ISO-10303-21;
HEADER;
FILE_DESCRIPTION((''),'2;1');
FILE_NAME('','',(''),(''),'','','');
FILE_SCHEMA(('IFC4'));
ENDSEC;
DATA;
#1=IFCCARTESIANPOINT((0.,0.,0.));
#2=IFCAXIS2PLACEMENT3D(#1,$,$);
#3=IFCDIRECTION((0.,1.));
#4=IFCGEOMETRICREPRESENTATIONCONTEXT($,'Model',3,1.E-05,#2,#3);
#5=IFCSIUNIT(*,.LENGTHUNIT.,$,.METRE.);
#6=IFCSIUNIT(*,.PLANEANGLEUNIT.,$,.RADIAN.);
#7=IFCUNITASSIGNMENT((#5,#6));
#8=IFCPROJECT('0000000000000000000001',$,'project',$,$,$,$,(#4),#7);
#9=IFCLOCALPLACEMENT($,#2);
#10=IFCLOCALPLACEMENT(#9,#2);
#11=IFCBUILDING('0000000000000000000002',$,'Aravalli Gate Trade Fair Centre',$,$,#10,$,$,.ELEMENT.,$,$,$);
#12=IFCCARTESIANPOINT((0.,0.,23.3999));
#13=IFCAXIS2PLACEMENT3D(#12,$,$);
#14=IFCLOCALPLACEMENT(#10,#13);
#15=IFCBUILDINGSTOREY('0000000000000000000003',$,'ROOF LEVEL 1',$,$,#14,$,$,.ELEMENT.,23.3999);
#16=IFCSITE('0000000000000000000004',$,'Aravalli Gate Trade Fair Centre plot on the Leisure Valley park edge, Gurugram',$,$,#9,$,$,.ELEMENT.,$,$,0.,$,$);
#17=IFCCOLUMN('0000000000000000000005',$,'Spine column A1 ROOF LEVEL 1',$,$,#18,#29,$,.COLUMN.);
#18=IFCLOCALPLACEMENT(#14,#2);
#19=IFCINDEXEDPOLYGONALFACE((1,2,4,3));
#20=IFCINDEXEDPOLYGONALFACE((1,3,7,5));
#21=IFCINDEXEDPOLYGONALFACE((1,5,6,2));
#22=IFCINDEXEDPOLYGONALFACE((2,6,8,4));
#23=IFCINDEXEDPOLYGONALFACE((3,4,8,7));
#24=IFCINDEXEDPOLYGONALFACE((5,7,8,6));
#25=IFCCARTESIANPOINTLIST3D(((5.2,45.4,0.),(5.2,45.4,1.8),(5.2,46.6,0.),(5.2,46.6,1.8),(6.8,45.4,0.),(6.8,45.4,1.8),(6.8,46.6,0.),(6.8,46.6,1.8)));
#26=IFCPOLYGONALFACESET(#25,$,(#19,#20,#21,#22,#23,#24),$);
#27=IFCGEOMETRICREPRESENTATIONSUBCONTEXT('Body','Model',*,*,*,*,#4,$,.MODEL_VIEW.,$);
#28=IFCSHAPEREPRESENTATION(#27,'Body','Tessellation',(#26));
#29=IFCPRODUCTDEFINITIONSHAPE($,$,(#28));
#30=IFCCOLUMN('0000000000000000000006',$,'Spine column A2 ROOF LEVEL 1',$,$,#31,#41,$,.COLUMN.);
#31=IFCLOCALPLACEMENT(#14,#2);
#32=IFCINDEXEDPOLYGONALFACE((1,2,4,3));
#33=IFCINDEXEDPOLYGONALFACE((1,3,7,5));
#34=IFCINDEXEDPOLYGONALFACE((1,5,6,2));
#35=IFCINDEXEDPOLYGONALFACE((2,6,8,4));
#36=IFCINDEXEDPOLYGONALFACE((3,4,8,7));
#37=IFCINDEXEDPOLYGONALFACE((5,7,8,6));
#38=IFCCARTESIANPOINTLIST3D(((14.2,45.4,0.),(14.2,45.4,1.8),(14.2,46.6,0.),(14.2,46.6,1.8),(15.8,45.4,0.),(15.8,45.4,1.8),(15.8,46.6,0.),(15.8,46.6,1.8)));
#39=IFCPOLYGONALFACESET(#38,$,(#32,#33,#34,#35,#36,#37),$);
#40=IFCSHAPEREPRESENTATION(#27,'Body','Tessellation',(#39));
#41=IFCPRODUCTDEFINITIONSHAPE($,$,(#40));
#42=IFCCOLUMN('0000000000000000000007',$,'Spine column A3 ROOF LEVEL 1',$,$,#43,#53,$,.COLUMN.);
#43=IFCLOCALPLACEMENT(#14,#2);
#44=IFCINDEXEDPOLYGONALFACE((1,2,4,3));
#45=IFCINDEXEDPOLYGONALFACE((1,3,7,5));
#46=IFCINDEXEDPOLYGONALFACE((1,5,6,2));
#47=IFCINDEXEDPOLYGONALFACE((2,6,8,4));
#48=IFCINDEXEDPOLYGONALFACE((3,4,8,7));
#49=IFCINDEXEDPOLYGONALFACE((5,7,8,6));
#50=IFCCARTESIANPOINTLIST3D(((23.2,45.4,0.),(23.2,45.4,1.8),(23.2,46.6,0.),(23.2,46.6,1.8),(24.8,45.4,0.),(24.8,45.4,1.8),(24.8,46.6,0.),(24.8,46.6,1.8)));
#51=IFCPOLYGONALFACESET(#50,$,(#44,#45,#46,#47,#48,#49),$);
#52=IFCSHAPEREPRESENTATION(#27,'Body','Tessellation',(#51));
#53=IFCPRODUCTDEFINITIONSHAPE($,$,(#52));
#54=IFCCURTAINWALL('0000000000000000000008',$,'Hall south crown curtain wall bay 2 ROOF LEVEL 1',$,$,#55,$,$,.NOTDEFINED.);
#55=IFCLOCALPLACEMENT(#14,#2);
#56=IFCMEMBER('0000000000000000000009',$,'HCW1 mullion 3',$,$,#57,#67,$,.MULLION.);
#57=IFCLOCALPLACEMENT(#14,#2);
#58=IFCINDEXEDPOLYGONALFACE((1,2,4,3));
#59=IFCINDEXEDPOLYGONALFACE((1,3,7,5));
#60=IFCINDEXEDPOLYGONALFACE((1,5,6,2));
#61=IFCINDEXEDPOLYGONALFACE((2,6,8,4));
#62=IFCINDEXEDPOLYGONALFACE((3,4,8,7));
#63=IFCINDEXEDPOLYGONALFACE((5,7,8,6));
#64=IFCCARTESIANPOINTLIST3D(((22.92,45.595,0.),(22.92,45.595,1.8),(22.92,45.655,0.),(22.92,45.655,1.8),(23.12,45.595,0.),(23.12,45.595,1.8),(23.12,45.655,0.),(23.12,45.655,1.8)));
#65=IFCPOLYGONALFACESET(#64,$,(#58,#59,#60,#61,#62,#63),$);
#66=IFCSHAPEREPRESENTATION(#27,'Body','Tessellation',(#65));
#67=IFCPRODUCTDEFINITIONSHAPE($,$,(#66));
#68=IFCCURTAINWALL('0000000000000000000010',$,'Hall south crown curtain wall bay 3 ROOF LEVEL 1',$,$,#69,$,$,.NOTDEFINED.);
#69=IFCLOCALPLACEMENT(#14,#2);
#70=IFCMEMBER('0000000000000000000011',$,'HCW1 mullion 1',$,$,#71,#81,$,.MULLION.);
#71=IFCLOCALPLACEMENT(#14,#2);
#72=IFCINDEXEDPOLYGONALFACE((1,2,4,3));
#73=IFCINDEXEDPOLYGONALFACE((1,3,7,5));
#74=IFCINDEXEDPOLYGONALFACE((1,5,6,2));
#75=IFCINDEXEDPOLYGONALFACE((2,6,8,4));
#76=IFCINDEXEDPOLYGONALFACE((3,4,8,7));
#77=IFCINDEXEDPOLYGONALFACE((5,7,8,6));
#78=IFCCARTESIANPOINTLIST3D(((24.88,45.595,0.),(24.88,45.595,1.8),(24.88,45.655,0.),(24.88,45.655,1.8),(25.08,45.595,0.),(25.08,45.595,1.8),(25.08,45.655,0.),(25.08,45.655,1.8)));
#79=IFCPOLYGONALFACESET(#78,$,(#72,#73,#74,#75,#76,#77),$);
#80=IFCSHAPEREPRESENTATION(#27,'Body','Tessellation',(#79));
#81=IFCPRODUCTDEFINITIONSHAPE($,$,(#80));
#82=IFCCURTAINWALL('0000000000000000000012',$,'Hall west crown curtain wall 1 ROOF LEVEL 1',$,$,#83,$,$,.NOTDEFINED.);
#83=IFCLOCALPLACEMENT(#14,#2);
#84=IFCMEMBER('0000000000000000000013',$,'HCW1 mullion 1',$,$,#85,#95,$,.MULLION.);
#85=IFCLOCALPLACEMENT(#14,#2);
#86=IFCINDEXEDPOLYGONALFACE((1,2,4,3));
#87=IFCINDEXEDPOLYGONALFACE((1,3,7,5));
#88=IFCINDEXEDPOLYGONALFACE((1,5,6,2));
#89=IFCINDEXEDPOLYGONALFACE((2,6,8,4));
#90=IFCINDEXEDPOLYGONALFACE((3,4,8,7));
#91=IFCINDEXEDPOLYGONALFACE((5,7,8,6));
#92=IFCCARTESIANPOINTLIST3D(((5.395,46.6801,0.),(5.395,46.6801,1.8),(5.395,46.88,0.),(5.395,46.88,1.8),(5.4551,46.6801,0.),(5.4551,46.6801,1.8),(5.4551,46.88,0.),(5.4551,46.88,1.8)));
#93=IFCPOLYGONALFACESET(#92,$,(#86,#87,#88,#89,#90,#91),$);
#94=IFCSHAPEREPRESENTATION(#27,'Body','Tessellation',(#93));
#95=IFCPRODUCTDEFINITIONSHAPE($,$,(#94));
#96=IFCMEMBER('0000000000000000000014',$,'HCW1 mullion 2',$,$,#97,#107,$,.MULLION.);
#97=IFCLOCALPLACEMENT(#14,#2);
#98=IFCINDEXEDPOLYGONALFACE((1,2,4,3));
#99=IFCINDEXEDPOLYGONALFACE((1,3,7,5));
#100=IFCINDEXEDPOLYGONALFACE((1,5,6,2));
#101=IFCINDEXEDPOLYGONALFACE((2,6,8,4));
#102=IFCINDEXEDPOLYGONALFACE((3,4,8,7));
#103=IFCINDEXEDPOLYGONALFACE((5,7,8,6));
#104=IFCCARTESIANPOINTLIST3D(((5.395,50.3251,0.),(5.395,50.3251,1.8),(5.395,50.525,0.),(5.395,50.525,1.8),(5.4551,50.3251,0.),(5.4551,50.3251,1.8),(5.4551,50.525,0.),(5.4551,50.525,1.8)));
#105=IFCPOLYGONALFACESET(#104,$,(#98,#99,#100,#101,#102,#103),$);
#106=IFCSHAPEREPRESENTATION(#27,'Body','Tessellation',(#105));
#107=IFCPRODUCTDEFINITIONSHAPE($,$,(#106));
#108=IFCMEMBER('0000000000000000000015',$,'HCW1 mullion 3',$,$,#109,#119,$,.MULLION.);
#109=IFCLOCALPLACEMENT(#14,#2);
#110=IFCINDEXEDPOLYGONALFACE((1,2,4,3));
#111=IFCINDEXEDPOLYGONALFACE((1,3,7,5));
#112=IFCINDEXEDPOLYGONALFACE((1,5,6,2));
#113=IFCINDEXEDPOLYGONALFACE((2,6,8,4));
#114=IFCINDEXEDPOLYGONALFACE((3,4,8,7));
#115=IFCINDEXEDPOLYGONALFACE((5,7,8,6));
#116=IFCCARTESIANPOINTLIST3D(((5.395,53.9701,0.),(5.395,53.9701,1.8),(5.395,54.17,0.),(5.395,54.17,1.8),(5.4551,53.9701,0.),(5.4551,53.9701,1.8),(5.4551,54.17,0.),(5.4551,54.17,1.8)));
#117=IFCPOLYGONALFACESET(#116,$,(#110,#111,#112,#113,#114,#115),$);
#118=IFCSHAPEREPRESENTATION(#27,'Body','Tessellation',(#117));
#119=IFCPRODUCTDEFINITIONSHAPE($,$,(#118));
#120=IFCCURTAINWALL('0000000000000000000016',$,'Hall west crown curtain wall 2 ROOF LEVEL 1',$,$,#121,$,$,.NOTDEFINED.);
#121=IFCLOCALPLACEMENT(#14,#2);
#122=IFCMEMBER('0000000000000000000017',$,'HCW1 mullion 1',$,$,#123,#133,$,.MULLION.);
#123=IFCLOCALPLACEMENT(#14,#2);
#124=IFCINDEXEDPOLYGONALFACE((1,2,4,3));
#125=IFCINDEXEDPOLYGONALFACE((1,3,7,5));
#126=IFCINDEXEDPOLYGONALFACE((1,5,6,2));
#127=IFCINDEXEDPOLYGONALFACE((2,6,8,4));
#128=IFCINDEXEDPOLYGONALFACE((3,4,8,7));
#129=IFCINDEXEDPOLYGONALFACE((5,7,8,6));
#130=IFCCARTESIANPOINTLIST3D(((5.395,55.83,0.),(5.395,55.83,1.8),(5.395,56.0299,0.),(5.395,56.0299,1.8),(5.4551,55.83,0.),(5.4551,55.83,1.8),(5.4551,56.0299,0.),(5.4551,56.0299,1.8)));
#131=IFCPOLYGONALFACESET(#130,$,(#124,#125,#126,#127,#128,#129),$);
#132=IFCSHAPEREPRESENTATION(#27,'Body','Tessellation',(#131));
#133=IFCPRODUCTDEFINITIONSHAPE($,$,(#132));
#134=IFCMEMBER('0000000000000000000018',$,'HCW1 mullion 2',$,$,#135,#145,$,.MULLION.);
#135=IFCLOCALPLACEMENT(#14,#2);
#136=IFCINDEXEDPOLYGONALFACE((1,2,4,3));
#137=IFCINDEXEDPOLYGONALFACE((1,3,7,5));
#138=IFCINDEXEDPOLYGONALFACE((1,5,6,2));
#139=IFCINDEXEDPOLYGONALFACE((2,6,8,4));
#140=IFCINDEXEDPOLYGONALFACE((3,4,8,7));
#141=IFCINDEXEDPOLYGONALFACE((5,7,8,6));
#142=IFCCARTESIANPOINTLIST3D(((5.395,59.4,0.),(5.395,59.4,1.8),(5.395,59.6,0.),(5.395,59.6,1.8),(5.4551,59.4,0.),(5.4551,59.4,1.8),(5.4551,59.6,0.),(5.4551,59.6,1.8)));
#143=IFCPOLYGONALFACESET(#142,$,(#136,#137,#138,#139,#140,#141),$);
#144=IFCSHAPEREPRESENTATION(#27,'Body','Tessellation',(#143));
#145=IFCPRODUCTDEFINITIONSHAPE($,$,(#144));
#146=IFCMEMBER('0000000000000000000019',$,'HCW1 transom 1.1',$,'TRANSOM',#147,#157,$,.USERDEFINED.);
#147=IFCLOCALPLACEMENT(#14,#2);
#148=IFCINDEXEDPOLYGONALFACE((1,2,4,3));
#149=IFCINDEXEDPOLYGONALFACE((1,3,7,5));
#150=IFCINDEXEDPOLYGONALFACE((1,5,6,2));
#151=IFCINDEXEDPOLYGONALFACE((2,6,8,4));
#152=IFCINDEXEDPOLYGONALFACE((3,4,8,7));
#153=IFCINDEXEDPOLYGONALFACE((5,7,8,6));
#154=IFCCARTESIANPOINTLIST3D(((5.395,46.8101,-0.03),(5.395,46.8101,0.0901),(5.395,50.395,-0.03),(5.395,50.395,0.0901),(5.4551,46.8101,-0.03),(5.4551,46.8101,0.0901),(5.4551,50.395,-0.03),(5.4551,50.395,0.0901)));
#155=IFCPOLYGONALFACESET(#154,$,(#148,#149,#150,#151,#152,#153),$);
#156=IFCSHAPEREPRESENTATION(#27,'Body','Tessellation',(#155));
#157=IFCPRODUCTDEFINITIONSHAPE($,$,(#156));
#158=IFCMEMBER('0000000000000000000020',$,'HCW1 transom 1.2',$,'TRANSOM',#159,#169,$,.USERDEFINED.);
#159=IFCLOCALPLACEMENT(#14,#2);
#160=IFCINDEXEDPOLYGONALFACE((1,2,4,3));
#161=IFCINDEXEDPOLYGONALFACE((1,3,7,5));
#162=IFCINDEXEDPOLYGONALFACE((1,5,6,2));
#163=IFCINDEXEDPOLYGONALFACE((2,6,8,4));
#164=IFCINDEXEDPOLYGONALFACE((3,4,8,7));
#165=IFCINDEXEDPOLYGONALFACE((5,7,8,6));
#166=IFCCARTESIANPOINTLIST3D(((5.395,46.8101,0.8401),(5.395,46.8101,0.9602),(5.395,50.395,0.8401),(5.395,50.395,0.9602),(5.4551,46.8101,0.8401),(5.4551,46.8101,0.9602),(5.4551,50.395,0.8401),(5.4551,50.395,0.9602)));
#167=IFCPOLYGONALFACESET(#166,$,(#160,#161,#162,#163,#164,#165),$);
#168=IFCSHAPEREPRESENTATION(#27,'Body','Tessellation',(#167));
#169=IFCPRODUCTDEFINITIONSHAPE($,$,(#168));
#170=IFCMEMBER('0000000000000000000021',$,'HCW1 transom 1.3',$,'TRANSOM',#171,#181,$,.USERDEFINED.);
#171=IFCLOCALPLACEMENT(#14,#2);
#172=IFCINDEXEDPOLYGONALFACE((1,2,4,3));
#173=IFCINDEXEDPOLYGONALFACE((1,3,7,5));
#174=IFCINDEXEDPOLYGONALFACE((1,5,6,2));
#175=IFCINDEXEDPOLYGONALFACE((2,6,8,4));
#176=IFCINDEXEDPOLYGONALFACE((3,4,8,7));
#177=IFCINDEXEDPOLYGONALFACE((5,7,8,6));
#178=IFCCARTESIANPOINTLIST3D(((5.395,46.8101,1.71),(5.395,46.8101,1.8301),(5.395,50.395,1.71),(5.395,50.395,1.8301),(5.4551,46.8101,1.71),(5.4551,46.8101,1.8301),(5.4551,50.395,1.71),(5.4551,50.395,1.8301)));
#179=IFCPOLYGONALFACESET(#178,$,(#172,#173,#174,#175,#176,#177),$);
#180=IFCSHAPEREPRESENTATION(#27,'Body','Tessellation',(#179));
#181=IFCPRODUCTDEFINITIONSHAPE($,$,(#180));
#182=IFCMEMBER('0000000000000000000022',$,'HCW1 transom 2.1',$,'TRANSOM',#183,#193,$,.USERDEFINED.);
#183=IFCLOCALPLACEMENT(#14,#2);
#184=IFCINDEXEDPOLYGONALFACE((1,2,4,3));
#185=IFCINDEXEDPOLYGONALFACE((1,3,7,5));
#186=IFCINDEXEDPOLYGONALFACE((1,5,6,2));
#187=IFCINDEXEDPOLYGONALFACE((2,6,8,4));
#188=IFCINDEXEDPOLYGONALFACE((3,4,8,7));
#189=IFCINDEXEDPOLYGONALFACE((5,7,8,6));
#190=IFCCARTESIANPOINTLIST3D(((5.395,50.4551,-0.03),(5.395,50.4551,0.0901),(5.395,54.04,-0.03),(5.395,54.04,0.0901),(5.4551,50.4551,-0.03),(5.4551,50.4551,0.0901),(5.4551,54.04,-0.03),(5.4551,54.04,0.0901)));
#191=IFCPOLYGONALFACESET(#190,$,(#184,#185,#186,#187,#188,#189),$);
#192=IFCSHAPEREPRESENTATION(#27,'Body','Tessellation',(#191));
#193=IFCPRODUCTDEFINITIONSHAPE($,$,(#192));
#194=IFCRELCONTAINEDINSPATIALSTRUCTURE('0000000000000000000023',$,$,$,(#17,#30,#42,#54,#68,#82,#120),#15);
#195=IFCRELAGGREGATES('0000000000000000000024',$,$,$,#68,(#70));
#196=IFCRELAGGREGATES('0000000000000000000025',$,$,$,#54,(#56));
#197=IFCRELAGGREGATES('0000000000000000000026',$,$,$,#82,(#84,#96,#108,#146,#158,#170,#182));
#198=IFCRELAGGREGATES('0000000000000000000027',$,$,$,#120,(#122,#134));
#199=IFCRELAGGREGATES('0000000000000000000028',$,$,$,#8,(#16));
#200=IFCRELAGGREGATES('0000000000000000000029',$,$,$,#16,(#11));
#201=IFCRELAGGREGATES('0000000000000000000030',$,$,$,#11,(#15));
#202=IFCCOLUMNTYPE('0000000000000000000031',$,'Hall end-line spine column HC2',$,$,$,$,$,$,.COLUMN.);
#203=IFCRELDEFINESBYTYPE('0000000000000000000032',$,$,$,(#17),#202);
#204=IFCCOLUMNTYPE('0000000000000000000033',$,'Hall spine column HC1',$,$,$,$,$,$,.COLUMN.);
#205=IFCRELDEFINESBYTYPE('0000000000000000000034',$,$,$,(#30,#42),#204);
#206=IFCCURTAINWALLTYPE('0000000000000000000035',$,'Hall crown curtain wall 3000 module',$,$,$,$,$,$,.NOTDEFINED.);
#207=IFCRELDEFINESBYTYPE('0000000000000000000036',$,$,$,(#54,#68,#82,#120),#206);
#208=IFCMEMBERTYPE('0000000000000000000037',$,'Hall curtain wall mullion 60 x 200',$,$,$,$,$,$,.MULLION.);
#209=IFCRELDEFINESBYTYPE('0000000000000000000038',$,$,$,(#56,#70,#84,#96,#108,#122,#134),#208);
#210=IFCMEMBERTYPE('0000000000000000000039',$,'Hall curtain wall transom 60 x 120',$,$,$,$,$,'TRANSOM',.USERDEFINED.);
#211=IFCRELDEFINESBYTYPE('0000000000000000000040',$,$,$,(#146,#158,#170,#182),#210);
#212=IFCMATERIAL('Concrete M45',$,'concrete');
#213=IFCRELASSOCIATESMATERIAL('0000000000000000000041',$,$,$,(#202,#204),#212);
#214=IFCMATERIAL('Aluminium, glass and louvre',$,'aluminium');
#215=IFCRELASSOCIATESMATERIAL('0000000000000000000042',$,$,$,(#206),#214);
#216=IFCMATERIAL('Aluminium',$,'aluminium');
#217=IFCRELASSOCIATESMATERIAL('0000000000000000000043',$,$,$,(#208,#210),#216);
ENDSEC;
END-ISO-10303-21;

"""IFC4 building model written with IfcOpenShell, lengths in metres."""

from ifc_helpers import new_model, si_unit, direction, frame, origin, origin_2d, place, context, subcontext, project, spatial, rectangle, extrude, material, material_profile, profile_set, type_object, element, aggregate, save


model = new_model("IFC4")

# Units and contexts
model_context = context("Model", 3, precision=1e-05, world=origin(), true_north=direction((0.0, 1.0)))
body_context = subcontext(model_context, "Body", "Model", "MODEL_VIEW")
ifc_project = project(units=[si_unit("LENGTHUNIT", "METRE"), si_unit("PLANEANGLEUNIT", "RADIAN")], contexts=[model_context])

# Site, building, storey
site_placement = place(None, origin())
site = spatial("IfcSite", under=ifc_project, at=site_placement, Name="Aravalli Gate Trade Fair Centre plot on the Leisure Valley park edge, Gurugram", CompositionType="ELEMENT", RefElevation=0.0)
building_placement = place(site_placement, origin())
building = spatial("IfcBuilding", under=site, at=building_placement, Name="Aravalli Gate Trade Fair Centre", CompositionType="ELEMENT")
storey_placement = place(building_placement, frame((0.0, 0.0, 23.3999)))
storey = spatial("IfcBuildingStorey", under=building, at=storey_placement, Name="ROOF LEVEL 1", CompositionType="ELEMENT", Elevation=23.3999)

# Columns
ifc_material_1 = material(Name="Concrete M45", Category="concrete")
ifc_material_profile_1 = material_profile(ifc_material_1, rectangle(XDim=1.6001, YDim=1.2, at=origin_2d()), Name="RC 1600x1200")
ifc_profile_set_1 = profile_set([ifc_material_profile_1], Name="Concrete M45")
column_type_1 = type_object("IfcColumnType", Name="Hall end-line spine column HC2", PredefinedType="COLUMN", material=ifc_profile_set_1)
column_placement = place(storey_placement, frame((6.0, 46.0, 0.0), z_axis=(0.0, 0.0, 1.0), x_axis=(1.0, 0.0, 0.0)))
element("IfcColumn", 1, at=column_placement, inside=storey, type_object=column_type_1, Name="Spine column A1 ROOF LEVEL 1", PredefinedType="COLUMN", context=body_context, shape_type="SweptSolid", body=[
    extrude(rectangle(XDim=1.6001, YDim=1.2, at=origin_2d()), origin(), (0.0, 0.0, 1.0), 1.8),
])
ifc_material_profile_2 = material_profile(ifc_material_1, rectangle(XDim=1.6001, YDim=1.2, at=origin_2d()), Name="RC 1600x1200")
ifc_profile_set_2 = profile_set([ifc_material_profile_2], Name="Concrete M45")
column_type_2 = type_object("IfcColumnType", Name="Hall spine column HC1", PredefinedType="COLUMN", material=ifc_profile_set_2)
for number, where, z_axis, x_axis, name in (
    (2, (15.0, 46.0, 0.0), (0.0, 0.0, 1.0), (1.0, 0.0, 0.0), "Spine column A2 ROOF LEVEL 1"),
    (3, (24.0, 46.0, 0.0), (0.0, 0.0, 1.0), (1.0, 0.0, 0.0), "Spine column A3 ROOF LEVEL 1"),
):
    element("IfcColumn", number, at=place(storey_placement, frame(where, z_axis=z_axis, x_axis=x_axis)), inside=storey, type_object=column_type_2, Name=name, PredefinedType="COLUMN", context=body_context, shape_type="SweptSolid", body=[
        extrude(rectangle(XDim=1.6001, YDim=1.2, at=origin_2d()), origin(), (0.0, 0.0, 1.0), 1.8),
    ])

# Curtain walls, members
ifc_material_2 = material(Name="Aluminium, glass and louvre", Category="aluminium")
curtain_wall_type = type_object("IfcCurtainWallType", Name="Hall crown curtain wall 3000 module", PredefinedType="NOTDEFINED", material=ifc_material_2)
curtain_wall_1_placement = place(storey_placement, origin())
curtain_wall_1 = element("IfcCurtainWall", 4, at=curtain_wall_1_placement, inside=storey, type_object=curtain_wall_type, Name="Hall south crown curtain wall bay 2 ROOF LEVEL 1", PredefinedType="NOTDEFINED")
ifc_material_3 = material(Name="Aluminium", Category="aluminium")
ifc_material_profile_3 = material_profile(ifc_material_3, rectangle(XDim=0.0601, YDim=0.2, at=origin_2d()), Name="Hall curtain wall mullion 60 x 200")
ifc_profile_set_3 = profile_set([ifc_material_profile_3], Name="Aluminium")
member_type_1 = type_object("IfcMemberType", Name="Hall curtain wall mullion 60 x 200", PredefinedType="MULLION", material=ifc_profile_set_3)
member_1_placement = place(storey_placement, frame((23.02, 45.625, 0.0), z_axis=(0.0, 0.0, 1.0), x_axis=(0.0, 1.0, 0.0)))
member_1 = element("IfcMember", 5, at=member_1_placement, type_object=member_type_1, Name="HCW1 mullion 3", PredefinedType="MULLION", context=body_context, shape_type="SweptSolid", body=[
    extrude(rectangle(XDim=0.0601, YDim=0.2, at=origin_2d()), origin(), (0.0, 0.0, 1.0), 1.8),
])
curtain_wall_2_placement = place(storey_placement, origin())
curtain_wall_2 = element("IfcCurtainWall", 6, at=curtain_wall_2_placement, inside=storey, type_object=curtain_wall_type, Name="Hall south crown curtain wall bay 3 ROOF LEVEL 1", PredefinedType="NOTDEFINED")
member_2_placement = place(storey_placement, frame((24.98, 45.625, 0.0), z_axis=(0.0, 0.0, 1.0), x_axis=(0.0, 1.0, 0.0)))
member_2 = element("IfcMember", 7, at=member_2_placement, type_object=member_type_1, Name="HCW1 mullion 1", PredefinedType="MULLION", context=body_context, shape_type="SweptSolid", body=[
    extrude(rectangle(XDim=0.0601, YDim=0.2, at=origin_2d()), origin(), (0.0, 0.0, 1.0), 1.8),
])
aggregate(curtain_wall_2, [member_2])

# Curtain walls, members
curtain_wall_3_placement = place(storey_placement, origin())
curtain_wall_3 = element("IfcCurtainWall", 8, at=curtain_wall_3_placement, inside=storey, type_object=curtain_wall_type, Name="Hall west crown curtain wall 1 ROOF LEVEL 1", PredefinedType="NOTDEFINED")
member_3_placement = place(storey_placement, frame((5.425, 46.78, 0.0), z_axis=(0.0, 0.0, 1.0), x_axis=(-1.0, 0.0, 0.0)))
member_3 = element("IfcMember", 9, at=member_3_placement, type_object=member_type_1, Name="HCW1 mullion 1", PredefinedType="MULLION", context=body_context, shape_type="SweptSolid", body=[
    extrude(rectangle(XDim=0.0601, YDim=0.2, at=origin_2d()), origin(), (0.0, 0.0, 1.0), 1.8),
])
member_4_placement = place(storey_placement, frame((5.425, 50.425, 0.0), z_axis=(0.0, 0.0, 1.0), x_axis=(-1.0, 0.0, 0.0)))
member_4 = element("IfcMember", 10, at=member_4_placement, type_object=member_type_1, Name="HCW1 mullion 2", PredefinedType="MULLION", context=body_context, shape_type="SweptSolid", body=[
    extrude(rectangle(XDim=0.0601, YDim=0.2, at=origin_2d()), origin(), (0.0, 0.0, 1.0), 1.8),
])
member_5_placement = place(storey_placement, frame((5.425, 54.0701, 0.0), z_axis=(0.0, 0.0, 1.0), x_axis=(-1.0, 0.0, 0.0)))
member_5 = element("IfcMember", 11, at=member_5_placement, type_object=member_type_1, Name="HCW1 mullion 3", PredefinedType="MULLION", context=body_context, shape_type="SweptSolid", body=[
    extrude(rectangle(XDim=0.0601, YDim=0.2, at=origin_2d()), origin(), (0.0, 0.0, 1.0), 1.8),
])
curtain_wall_4_placement = place(storey_placement, origin())
curtain_wall_4 = element("IfcCurtainWall", 12, at=curtain_wall_4_placement, inside=storey, type_object=curtain_wall_type, Name="Hall west crown curtain wall 2 ROOF LEVEL 1", PredefinedType="NOTDEFINED")
member_6_placement = place(storey_placement, frame((5.425, 55.9299, 0.0), z_axis=(0.0, 0.0, 1.0), x_axis=(-1.0, 0.0, 0.0)))
member_6 = element("IfcMember", 13, at=member_6_placement, type_object=member_type_1, Name="HCW1 mullion 1", PredefinedType="MULLION", context=body_context, shape_type="SweptSolid", body=[
    extrude(rectangle(XDim=0.0601, YDim=0.2, at=origin_2d()), origin(), (0.0, 0.0, 1.0), 1.8),
])
member_7_placement = place(storey_placement, frame((5.425, 59.5, 0.0), z_axis=(0.0, 0.0, 1.0), x_axis=(-1.0, 0.0, 0.0)))
member_7 = element("IfcMember", 14, at=member_7_placement, type_object=member_type_1, Name="HCW1 mullion 2", PredefinedType="MULLION", context=body_context, shape_type="SweptSolid", body=[
    extrude(rectangle(XDim=0.0601, YDim=0.2, at=origin_2d()), origin(), (0.0, 0.0, 1.0), 1.8),
])

# Members
ifc_material_profile_4 = material_profile(ifc_material_3, rectangle(XDim=0.0601, YDim=0.1201, at=origin_2d()), Name="Hall curtain wall transom 60 x 120")
ifc_profile_set_4 = profile_set([ifc_material_profile_4], Name="Aluminium")
member_type_2 = type_object("IfcMemberType", Name="Hall curtain wall transom 60 x 120", ElementType="TRANSOM", PredefinedType="USERDEFINED", material=ifc_profile_set_4)
member_8_placement = place(storey_placement, frame((5.425, 46.8101, 0.03), z_axis=(0.0, 1.0, 0.0), x_axis=(-1.0, 0.0, 0.0)))
member_8 = element("IfcMember", 15, at=member_8_placement, type_object=member_type_2, Name="HCW1 transom 1.1", ObjectType="TRANSOM", PredefinedType="USERDEFINED", context=body_context, shape_type="SweptSolid", body=[
    extrude(rectangle(XDim=0.0601, YDim=0.1201, at=origin_2d()), origin(), (0.0, 0.0, 1.0), 3.585),
])
member_9_placement = place(storey_placement, frame((5.425, 46.8101, 0.9001), z_axis=(0.0, 1.0, 0.0), x_axis=(-1.0, 0.0, 0.0)))
member_9 = element("IfcMember", 16, at=member_9_placement, type_object=member_type_2, Name="HCW1 transom 1.2", ObjectType="TRANSOM", PredefinedType="USERDEFINED", context=body_context, shape_type="SweptSolid", body=[
    extrude(rectangle(XDim=0.0601, YDim=0.1201, at=origin_2d()), origin(), (0.0, 0.0, 1.0), 3.585),
])
member_10_placement = place(storey_placement, frame((5.425, 46.8101, 1.77), z_axis=(0.0, 1.0, 0.0), x_axis=(-1.0, 0.0, 0.0)))
member_10 = element("IfcMember", 17, at=member_10_placement, type_object=member_type_2, Name="HCW1 transom 1.3", ObjectType="TRANSOM", PredefinedType="USERDEFINED", context=body_context, shape_type="SweptSolid", body=[
    extrude(rectangle(XDim=0.0601, YDim=0.1201, at=origin_2d()), origin(), (0.0, 0.0, 1.0), 3.585),
])
member_11_placement = place(storey_placement, frame((5.425, 50.4551, 0.03), z_axis=(0.0, 1.0, 0.0), x_axis=(-1.0, 0.0, 0.0)))
member_11 = element("IfcMember", 18, at=member_11_placement, type_object=member_type_2, Name="HCW1 transom 2.1", ObjectType="TRANSOM", PredefinedType="USERDEFINED", context=body_context, shape_type="SweptSolid", body=[
    extrude(rectangle(XDim=0.0601, YDim=0.1201, at=origin_2d()), origin(), (0.0, 0.0, 1.0), 3.585),
])

aggregate(curtain_wall_1, [member_1])
aggregate(curtain_wall_3, [member_3, member_4, member_5, member_8, member_9, member_10, member_11])
aggregate(curtain_wall_4, [member_6, member_7])

save(model, "model.ifc")
